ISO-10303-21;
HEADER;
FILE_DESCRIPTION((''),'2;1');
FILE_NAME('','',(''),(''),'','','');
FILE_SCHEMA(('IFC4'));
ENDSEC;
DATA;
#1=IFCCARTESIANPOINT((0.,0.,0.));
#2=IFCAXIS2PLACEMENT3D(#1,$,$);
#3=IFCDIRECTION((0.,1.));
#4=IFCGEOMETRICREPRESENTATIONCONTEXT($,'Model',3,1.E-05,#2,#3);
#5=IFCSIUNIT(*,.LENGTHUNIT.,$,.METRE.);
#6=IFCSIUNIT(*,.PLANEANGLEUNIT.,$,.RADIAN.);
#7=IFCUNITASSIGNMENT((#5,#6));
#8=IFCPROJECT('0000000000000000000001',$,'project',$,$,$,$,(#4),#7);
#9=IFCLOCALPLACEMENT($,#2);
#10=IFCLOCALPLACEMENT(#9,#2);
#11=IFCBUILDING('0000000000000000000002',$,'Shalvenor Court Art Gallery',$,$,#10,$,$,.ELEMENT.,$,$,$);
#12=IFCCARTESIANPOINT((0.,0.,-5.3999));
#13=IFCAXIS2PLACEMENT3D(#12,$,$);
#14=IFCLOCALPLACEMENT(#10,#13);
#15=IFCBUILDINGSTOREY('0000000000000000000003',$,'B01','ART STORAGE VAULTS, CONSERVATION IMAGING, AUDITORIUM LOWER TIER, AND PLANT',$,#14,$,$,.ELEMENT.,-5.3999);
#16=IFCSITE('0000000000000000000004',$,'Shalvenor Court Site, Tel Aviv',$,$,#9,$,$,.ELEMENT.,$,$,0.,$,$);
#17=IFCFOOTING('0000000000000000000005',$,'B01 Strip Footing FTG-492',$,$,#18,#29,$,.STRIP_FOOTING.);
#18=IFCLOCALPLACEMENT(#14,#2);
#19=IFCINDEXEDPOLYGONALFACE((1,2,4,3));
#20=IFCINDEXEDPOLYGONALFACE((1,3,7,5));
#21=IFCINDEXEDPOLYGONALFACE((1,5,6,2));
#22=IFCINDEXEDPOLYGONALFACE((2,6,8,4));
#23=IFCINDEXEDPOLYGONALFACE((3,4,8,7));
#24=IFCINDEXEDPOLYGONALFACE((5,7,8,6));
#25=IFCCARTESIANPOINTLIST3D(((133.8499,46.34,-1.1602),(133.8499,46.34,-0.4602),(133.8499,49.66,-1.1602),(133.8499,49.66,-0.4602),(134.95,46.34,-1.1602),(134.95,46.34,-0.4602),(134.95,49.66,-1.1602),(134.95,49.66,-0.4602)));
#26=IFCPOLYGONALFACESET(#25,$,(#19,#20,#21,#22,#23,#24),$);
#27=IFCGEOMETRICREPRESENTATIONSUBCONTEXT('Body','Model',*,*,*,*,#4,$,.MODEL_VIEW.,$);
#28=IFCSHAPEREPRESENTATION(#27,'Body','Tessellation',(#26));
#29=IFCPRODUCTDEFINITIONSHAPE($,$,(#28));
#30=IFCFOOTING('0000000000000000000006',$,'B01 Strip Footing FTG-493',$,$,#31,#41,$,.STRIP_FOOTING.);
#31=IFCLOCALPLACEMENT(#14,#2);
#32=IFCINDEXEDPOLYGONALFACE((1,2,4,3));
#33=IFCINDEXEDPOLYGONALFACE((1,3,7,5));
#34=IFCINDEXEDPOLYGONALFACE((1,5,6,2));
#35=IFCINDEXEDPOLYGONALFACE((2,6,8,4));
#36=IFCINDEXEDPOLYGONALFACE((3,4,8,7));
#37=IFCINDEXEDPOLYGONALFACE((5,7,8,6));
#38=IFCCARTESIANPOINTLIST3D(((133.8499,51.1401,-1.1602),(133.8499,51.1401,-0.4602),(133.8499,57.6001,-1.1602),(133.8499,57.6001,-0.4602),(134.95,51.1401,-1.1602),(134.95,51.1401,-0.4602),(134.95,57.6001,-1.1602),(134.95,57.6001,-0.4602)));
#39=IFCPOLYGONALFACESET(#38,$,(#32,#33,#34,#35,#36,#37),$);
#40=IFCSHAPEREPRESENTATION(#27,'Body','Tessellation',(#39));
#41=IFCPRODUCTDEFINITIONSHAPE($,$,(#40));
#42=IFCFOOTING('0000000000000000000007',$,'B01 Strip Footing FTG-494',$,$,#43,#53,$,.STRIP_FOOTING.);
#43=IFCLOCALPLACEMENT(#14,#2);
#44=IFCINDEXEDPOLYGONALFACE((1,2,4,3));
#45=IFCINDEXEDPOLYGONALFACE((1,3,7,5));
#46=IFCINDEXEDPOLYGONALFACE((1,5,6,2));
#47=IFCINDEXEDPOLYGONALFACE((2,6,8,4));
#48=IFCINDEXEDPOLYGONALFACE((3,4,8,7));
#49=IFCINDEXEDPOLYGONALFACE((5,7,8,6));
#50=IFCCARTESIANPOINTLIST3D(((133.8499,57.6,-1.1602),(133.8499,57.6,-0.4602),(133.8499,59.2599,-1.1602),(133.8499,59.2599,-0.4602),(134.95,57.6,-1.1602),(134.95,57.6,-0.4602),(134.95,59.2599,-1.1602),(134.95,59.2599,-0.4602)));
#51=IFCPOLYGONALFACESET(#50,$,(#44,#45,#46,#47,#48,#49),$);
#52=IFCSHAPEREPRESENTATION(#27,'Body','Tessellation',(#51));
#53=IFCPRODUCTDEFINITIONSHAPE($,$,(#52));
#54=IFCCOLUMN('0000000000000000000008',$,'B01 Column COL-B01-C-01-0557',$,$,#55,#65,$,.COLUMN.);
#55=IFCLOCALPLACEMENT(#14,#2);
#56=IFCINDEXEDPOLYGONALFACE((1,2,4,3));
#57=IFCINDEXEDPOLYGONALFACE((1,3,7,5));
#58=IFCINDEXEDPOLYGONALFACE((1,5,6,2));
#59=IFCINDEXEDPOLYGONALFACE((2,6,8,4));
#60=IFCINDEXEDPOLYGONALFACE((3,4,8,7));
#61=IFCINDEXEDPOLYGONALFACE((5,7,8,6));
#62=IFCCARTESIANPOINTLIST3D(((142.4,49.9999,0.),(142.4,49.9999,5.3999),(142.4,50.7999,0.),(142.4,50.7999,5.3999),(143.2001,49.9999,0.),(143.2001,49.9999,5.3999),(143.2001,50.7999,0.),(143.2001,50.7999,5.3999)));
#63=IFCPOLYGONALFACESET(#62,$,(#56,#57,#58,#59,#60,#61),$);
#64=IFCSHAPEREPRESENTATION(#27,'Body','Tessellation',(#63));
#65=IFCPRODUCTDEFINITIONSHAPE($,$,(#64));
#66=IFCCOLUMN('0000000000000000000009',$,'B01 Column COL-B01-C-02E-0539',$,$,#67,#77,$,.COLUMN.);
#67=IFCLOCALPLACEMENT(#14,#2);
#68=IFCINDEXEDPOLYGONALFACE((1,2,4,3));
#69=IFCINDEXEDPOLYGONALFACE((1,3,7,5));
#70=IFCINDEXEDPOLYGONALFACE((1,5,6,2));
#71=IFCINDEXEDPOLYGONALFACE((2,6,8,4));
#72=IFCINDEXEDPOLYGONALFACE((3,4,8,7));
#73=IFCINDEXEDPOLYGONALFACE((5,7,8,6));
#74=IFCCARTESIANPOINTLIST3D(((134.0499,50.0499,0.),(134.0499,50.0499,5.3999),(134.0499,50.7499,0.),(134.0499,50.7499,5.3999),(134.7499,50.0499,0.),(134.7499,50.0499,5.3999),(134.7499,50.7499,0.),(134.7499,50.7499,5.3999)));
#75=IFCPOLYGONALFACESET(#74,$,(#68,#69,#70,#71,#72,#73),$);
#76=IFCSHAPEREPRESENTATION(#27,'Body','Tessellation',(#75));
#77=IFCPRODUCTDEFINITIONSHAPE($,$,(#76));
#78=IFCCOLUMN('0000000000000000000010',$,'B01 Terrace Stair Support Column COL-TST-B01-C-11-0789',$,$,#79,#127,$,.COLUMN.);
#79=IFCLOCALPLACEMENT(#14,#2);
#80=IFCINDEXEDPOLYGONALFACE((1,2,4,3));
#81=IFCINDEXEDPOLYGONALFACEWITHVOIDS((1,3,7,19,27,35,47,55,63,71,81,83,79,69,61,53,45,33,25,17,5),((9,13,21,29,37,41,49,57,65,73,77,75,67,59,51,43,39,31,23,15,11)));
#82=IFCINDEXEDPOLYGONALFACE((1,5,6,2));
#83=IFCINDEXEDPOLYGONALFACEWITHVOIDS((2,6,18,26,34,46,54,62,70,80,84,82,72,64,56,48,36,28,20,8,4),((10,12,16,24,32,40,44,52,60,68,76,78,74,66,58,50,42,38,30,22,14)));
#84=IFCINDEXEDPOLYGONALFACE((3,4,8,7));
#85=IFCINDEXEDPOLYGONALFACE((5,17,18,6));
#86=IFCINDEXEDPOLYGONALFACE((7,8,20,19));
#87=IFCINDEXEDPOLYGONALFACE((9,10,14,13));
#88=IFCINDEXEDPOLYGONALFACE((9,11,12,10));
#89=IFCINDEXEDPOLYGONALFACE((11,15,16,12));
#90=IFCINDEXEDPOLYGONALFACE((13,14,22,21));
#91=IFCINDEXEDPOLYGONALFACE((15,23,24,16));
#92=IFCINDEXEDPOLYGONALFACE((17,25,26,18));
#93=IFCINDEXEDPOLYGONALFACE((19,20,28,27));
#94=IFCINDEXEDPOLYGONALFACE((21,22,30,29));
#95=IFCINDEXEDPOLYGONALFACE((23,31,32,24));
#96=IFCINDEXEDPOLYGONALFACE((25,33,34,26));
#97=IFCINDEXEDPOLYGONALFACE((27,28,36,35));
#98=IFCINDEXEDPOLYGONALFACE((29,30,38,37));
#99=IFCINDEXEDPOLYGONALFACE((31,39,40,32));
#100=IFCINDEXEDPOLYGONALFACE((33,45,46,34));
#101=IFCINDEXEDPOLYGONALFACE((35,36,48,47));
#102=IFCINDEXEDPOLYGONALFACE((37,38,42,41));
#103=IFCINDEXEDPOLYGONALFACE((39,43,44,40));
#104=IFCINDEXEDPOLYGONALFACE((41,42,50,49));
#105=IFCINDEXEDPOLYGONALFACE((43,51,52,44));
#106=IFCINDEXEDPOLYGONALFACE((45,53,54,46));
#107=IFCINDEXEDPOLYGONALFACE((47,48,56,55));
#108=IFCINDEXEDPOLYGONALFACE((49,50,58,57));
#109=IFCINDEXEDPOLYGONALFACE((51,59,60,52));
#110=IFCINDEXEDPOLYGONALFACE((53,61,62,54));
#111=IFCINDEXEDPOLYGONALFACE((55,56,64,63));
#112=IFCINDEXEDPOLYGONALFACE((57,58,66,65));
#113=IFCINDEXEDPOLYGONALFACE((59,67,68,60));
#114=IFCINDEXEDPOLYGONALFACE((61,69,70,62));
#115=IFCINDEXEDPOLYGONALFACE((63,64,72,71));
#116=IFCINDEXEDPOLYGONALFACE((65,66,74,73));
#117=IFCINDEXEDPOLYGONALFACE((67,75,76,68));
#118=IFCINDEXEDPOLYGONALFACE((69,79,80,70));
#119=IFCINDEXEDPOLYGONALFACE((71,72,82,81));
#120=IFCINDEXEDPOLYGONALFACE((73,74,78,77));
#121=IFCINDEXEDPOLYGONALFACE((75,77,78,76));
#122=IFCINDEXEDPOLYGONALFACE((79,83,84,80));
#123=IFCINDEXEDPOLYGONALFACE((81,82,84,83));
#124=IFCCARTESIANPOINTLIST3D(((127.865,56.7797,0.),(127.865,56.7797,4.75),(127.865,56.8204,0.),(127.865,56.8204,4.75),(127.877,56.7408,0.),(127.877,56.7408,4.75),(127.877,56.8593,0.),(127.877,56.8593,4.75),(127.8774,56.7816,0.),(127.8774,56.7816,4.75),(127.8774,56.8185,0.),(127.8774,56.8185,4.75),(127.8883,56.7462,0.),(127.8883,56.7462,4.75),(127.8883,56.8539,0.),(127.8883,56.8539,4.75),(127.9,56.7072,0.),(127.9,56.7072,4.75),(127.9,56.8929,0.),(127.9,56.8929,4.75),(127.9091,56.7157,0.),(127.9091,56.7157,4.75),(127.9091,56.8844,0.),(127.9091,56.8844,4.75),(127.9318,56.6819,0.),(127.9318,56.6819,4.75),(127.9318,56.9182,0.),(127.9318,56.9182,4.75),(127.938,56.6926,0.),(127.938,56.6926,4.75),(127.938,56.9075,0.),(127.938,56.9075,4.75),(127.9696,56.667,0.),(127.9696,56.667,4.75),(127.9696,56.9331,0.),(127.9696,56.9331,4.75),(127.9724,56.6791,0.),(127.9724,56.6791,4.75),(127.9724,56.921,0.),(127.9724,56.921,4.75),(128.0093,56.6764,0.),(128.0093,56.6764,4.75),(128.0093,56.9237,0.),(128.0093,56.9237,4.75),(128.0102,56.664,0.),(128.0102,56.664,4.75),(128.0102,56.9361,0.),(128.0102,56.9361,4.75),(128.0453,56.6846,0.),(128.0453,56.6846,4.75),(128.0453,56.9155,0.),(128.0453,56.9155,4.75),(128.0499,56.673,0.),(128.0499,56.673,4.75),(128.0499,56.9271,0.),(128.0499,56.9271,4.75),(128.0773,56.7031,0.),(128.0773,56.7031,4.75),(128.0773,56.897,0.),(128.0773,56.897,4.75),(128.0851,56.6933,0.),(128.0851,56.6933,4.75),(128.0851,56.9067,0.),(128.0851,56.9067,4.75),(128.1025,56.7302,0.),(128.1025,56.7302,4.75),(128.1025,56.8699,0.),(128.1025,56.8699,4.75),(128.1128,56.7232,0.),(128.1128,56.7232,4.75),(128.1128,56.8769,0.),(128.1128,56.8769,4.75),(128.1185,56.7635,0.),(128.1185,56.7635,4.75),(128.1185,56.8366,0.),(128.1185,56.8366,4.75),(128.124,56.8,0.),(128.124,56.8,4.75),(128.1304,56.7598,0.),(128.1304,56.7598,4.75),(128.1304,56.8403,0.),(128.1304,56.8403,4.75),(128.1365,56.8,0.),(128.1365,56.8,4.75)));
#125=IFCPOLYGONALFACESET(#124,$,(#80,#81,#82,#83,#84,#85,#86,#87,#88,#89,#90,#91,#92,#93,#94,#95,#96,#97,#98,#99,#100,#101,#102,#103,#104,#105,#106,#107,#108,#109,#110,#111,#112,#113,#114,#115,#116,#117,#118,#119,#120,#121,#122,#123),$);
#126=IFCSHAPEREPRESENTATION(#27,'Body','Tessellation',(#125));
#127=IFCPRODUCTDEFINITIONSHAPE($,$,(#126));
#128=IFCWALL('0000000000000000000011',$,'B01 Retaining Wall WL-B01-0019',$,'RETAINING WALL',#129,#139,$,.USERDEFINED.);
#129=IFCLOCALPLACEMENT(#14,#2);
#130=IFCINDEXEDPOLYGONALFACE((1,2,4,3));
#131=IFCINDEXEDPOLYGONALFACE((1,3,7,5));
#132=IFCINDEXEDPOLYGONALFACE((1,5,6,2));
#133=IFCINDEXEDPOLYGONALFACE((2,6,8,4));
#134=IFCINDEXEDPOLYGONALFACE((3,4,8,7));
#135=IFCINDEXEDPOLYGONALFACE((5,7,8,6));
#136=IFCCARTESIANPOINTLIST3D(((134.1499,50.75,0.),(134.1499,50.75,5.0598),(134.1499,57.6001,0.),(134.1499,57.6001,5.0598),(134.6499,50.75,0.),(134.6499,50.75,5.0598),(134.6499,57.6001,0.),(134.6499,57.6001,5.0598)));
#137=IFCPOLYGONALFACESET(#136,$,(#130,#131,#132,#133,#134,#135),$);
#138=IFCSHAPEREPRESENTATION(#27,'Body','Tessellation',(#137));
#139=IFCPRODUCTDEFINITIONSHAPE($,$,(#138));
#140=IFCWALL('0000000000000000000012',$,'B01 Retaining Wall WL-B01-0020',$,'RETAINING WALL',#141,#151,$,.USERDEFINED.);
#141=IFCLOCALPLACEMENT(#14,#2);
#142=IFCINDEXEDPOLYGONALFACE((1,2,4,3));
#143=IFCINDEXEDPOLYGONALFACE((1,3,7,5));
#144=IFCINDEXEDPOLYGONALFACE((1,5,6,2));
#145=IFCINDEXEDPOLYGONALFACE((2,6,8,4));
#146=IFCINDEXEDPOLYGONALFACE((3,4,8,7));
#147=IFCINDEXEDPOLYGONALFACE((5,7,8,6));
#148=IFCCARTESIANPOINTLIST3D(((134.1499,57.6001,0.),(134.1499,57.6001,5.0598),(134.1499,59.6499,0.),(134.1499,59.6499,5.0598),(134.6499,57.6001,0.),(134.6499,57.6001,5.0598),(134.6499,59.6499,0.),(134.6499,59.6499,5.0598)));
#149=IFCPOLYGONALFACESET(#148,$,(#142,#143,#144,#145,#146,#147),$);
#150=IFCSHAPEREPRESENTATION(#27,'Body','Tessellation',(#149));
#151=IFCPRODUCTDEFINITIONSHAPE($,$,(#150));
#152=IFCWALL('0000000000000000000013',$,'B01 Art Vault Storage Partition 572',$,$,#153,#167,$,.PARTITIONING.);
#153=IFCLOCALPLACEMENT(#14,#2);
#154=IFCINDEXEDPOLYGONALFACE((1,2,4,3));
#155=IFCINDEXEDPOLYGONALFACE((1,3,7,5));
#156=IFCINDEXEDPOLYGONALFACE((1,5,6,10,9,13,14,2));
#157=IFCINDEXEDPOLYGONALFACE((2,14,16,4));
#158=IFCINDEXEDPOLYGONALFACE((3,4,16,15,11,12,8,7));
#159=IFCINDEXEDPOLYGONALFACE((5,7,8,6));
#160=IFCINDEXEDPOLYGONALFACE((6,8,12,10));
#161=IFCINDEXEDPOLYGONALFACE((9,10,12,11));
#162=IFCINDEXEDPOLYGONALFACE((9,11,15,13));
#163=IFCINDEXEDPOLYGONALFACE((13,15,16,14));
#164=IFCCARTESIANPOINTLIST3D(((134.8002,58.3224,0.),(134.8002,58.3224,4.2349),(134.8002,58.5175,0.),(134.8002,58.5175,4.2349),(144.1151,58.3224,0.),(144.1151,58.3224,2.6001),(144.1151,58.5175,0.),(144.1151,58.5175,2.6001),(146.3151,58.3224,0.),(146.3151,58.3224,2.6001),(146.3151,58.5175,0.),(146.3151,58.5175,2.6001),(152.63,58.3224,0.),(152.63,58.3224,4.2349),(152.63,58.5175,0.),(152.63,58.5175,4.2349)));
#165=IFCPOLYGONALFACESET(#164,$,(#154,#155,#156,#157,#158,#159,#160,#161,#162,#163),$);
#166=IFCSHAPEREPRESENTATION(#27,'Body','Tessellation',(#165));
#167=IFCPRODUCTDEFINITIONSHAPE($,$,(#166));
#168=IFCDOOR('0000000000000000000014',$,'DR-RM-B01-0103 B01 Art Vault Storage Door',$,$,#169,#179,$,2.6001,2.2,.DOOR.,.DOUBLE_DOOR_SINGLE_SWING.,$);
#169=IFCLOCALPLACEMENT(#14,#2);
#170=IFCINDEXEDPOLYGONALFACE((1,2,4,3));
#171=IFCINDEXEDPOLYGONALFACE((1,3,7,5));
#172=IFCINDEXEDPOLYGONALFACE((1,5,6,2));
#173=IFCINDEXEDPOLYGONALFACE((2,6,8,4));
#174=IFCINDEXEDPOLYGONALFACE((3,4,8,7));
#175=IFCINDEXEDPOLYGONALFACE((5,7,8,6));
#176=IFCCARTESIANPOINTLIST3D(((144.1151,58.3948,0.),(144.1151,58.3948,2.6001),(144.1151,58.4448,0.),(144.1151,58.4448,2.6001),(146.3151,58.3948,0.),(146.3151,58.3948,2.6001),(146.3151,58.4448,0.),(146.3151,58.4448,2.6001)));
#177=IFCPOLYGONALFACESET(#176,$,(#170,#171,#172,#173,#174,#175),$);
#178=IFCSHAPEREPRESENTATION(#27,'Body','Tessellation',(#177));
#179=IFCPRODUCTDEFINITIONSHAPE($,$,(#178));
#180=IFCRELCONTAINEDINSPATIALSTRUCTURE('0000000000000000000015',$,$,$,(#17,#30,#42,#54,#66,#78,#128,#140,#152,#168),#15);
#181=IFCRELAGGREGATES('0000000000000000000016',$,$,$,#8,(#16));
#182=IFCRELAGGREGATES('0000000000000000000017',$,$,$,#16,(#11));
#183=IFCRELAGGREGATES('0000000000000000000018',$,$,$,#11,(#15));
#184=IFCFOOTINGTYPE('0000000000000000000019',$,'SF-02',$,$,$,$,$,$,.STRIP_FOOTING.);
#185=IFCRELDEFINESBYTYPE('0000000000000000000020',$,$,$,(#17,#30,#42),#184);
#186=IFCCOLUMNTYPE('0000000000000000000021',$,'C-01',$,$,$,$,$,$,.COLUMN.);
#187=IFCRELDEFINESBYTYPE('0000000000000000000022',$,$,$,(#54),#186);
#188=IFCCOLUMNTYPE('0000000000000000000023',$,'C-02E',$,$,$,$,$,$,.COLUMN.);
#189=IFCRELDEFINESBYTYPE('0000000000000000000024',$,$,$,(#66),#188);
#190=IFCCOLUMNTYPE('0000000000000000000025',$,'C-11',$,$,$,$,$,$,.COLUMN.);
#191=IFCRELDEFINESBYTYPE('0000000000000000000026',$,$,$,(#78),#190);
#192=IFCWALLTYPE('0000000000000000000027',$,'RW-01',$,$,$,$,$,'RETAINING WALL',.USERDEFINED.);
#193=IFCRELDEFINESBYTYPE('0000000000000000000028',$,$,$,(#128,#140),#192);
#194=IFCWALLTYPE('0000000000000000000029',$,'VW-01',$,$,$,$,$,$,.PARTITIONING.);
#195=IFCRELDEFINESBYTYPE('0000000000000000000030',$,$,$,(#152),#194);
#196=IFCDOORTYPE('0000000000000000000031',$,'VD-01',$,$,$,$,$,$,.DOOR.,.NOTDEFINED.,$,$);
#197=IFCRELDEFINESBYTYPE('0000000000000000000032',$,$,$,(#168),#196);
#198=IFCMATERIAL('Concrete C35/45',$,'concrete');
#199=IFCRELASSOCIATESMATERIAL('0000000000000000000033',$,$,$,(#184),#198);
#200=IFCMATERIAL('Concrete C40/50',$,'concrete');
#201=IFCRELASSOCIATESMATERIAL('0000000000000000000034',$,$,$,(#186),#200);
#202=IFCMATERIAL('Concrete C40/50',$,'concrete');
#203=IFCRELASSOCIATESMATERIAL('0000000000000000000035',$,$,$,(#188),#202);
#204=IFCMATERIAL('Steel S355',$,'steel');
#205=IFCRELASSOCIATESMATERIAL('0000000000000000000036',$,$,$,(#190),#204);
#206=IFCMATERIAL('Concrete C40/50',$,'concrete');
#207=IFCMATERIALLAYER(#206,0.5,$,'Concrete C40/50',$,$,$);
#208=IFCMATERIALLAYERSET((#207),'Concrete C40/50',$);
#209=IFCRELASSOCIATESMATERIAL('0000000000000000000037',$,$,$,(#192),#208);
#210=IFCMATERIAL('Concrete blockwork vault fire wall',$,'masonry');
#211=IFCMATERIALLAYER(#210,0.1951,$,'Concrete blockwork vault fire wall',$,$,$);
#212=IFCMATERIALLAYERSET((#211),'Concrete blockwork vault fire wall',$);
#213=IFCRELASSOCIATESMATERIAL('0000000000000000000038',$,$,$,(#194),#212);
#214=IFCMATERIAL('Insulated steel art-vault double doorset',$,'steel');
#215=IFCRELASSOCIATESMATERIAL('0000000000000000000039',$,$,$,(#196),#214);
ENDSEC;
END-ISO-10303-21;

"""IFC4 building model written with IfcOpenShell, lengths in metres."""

from ifc_helpers import new_model, si_unit, direction, frame, frame_2d, origin, origin_2d, place, context, subcontext, project, spatial, rectangle, hollow_circle, extrude, material, layer, layer_set, material_profile, profile_set, type_object, element, fill, save


model = new_model("IFC4")

# Units and contexts
model_context = context("Model", 3, precision=1e-05, world=origin(), true_north=direction((0.0, 1.0)))
body_context = subcontext(model_context, "Body", "Model", "MODEL_VIEW")
ifc_project = project(units=[si_unit("LENGTHUNIT", "METRE"), si_unit("PLANEANGLEUNIT", "RADIAN")], contexts=[model_context])

# Site, building, storey
site_placement = place(None, origin())
site = spatial("IfcSite", under=ifc_project, at=site_placement, Name="Shalvenor Court Site, Tel Aviv", CompositionType="ELEMENT", RefElevation=0.0)
building_placement = place(site_placement, origin())
building = spatial("IfcBuilding", under=site, at=building_placement, Name="Shalvenor Court Art Gallery", CompositionType="ELEMENT")
storey_placement = place(building_placement, frame((0.0, 0.0, -5.3999)))
storey = spatial("IfcBuildingStorey", under=building, at=storey_placement, Name="B01", Description="ART STORAGE VAULTS, CONSERVATION IMAGING, AUDITORIUM LOWER TIER, AND PLANT", CompositionType="ELEMENT", Elevation=-5.3999)

# Footings
ifc_material_1 = material(Name="Concrete C35/45", Category="concrete")
footing_type_1 = type_object("IfcFootingType", Name="SF-02", PredefinedType="STRIP_FOOTING", material=ifc_material_1)
footing_1_placement = place(storey_placement, frame((134.3999, 48.0, -1.1602), z_axis=(0.0, 0.0, 1.0), x_axis=(0.0, 1.0, 0.0)))
element("IfcFooting", 1, at=footing_1_placement, inside=storey, type_object=footing_type_1, Name="B01 Strip Footing FTG-492", PredefinedType="STRIP_FOOTING", context=body_context, shape_type="SweptSolid", body=[
    extrude(rectangle(XDim=3.3201, YDim=1.1001, at=origin_2d()), origin(), (0.0, 0.0, 1.0), 0.7),
])
footing_2_placement = place(storey_placement, frame((134.3999, 54.3701, -1.1602), z_axis=(0.0, 0.0, 1.0), x_axis=(0.0, 1.0, 0.0)))
element("IfcFooting", 2, at=footing_2_placement, inside=storey, type_object=footing_type_1, Name="B01 Strip Footing FTG-493", PredefinedType="STRIP_FOOTING", context=body_context, shape_type="SweptSolid", body=[
    extrude(rectangle(XDim=6.46, YDim=1.1001, at=origin_2d()), origin(), (0.0, 0.0, 1.0), 0.7),
])
footing_3_placement = place(storey_placement, frame((134.3999, 58.4299, -1.1602), z_axis=(0.0, 0.0, 1.0), x_axis=(0.0, 1.0, 0.0)))
element("IfcFooting", 3, at=footing_3_placement, inside=storey, type_object=footing_type_1, Name="B01 Strip Footing FTG-494", PredefinedType="STRIP_FOOTING", context=body_context, shape_type="SweptSolid", body=[
    extrude(rectangle(XDim=1.6599, YDim=1.1001, at=origin_2d()), origin(), (0.0, 0.0, 1.0), 0.7),
])

# Columns
ifc_material_2 = material(Name="Concrete C40/50", Category="concrete")
ifc_material_profile_1 = material_profile(ifc_material_2, rectangle(XDim=0.8, YDim=0.8, at=origin_2d()), Name="RC 800x800")
ifc_profile_set_1 = profile_set([ifc_material_profile_1], Name="Concrete C40/50")
column_type_1 = type_object("IfcColumnType", Name="C-01", PredefinedType="COLUMN", material=ifc_profile_set_1)
column_1_placement = place(storey_placement, frame((142.8, 50.3999, 0.0), z_axis=(0.0, 0.0, 1.0), x_axis=(1.0, 0.0, 0.0)))
element("IfcColumn", 4, at=column_1_placement, inside=storey, type_object=column_type_1, Name="B01 Column COL-B01-C-01-0557", PredefinedType="COLUMN", context=body_context, shape_type="SweptSolid", body=[
    extrude(rectangle(XDim=0.8, YDim=0.8, at=origin_2d()), origin(), (0.0, 0.0, 1.0), 5.3999),
])
ifc_material_3 = material(Name="Concrete C40/50", Category="concrete")
ifc_material_profile_2 = material_profile(ifc_material_3, rectangle(XDim=0.7, YDim=0.7, at=origin_2d()), Name="RC 700x700")
ifc_profile_set_2 = profile_set([ifc_material_profile_2], Name="Concrete C40/50")
column_type_2 = type_object("IfcColumnType", Name="C-02E", PredefinedType="COLUMN", material=ifc_profile_set_2)
column_2_placement = place(storey_placement, frame((134.3999, 50.3999, 0.0), z_axis=(0.0, 0.0, 1.0), x_axis=(1.0, 0.0, 0.0)))
element("IfcColumn", 5, at=column_2_placement, inside=storey, type_object=column_type_2, Name="B01 Column COL-B01-C-02E-0539", PredefinedType="COLUMN", context=body_context, shape_type="SweptSolid", body=[
    extrude(rectangle(XDim=0.7, YDim=0.7, at=origin_2d()), origin(), (0.0, 0.0, 1.0), 5.3999),
])
ifc_material_4 = material(Name="Steel S355", Category="steel")
ifc_material_profile_3 = material_profile(ifc_material_4, hollow_circle(Radius=0.1365, WallThickness=0.0125, at=origin_2d()), Name="CHS 273.0x12.5")
ifc_profile_set_3 = profile_set([ifc_material_profile_3], Name="Steel S355")
column_type_3 = type_object("IfcColumnType", Name="C-11", PredefinedType="COLUMN", material=ifc_profile_set_3)
column_3_placement = place(storey_placement, frame((128.0, 56.8, 0.0), z_axis=(0.0, 0.0, 1.0), x_axis=(1.0, 0.0, 0.0)))
element("IfcColumn", 6, at=column_3_placement, inside=storey, type_object=column_type_3, Name="B01 Terrace Stair Support Column COL-TST-B01-C-11-0789", PredefinedType="COLUMN", context=body_context, shape_type="SweptSolid", body=[
    extrude(hollow_circle(Radius=0.1365, WallThickness=0.0125, at=origin_2d()), origin(), (0.0, 0.0, 1.0), 4.75),
])

# Walls
ifc_material_5 = material(Name="Concrete C40/50", Category="concrete")
ifc_layer_1 = layer(ifc_material_5, 0.5, Name="Concrete C40/50")
ifc_layer_set_1 = layer_set([ifc_layer_1], Name="Concrete C40/50")
wall_type_1 = type_object("IfcWallType", Name="RW-01", ElementType="RETAINING WALL", PredefinedType="USERDEFINED", material=ifc_layer_set_1)
wall_1_placement = place(storey_placement, frame((134.3999, 50.75, 0.0), z_axis=(0.0, 0.0, 1.0), x_axis=(0.0, 1.0, 0.0)))
element("IfcWall", 7, at=wall_1_placement, inside=storey, type_object=wall_type_1, Name="B01 Retaining Wall WL-B01-0019", ObjectType="RETAINING WALL", PredefinedType="USERDEFINED", context=body_context, shape_type="SweptSolid", body=[
    extrude(rectangle(XDim=6.8501, YDim=0.5, at=frame_2d((3.425, 0.0))), origin(), (0.0, 0.0, 1.0), 5.0598),
])
wall_2_placement = place(storey_placement, frame((134.3999, 57.6001, 0.0), z_axis=(0.0, 0.0, 1.0), x_axis=(0.0, 1.0, 0.0)))
element("IfcWall", 8, at=wall_2_placement, inside=storey, type_object=wall_type_1, Name="B01 Retaining Wall WL-B01-0020", ObjectType="RETAINING WALL", PredefinedType="USERDEFINED", context=body_context, shape_type="SweptSolid", body=[
    extrude(rectangle(XDim=2.0498, YDim=0.5, at=frame_2d((1.0249, 0.0))), origin(), (0.0, 0.0, 1.0), 5.0598),
])

# Wall, opening, door
ifc_material_6 = material(Name="Concrete blockwork vault fire wall", Category="masonry")
ifc_layer_2 = layer(ifc_material_6, 0.1951, Name="Concrete blockwork vault fire wall")
ifc_layer_set_2 = layer_set([ifc_layer_2], Name="Concrete blockwork vault fire wall")
wall_type_2 = type_object("IfcWallType", Name="VW-01", PredefinedType="PARTITIONING", material=ifc_layer_set_2)
wall_3_placement = place(storey_placement, frame((134.8, 58.4199, 0.0), z_axis=(0.0, 0.0, 1.0), x_axis=(1.0, 0.0, 0.0)))
wall_3 = element("IfcWall", 9, at=wall_3_placement, inside=storey, type_object=wall_type_2, Name="B01 Art Vault Storage Partition 572", PredefinedType="PARTITIONING", context=body_context, shape_type="SweptSolid", body=[
    extrude(rectangle(XDim=17.8298, YDim=0.1951, at=frame_2d((8.915, 0.0))), origin(), (0.0, 0.0, 1.0), 4.2349),
])
opening_placement = place(wall_3_placement, frame((9.3149, 0.0, 0.0)))
opening = element("IfcOpeningElement", 10, at=opening_placement, cuts=wall_3, PredefinedType="OPENING", context=body_context, shape_type="SweptSolid", body=[
    extrude(rectangle(XDim=2.2, YDim=2.6001, at=frame_2d((1.1001, 1.3))), frame((0.0, 0.1074, 0.0), z_axis=(0.0, -1.0, 0.0), x_axis=(1.0, 0.0, 0.0)), (0.0, 0.0, 1.0), 0.2151),
])
ifc_material_7 = material(Name="Insulated steel art-vault double doorset", Category="steel")
door_type = type_object("IfcDoorType", Name="VD-01", OperationType="NOTDEFINED", PredefinedType="DOOR", material=ifc_material_7)
door_placement = place(opening_placement, origin())
door = element("IfcDoor", 11, at=door_placement, inside=storey, type_object=door_type, Name="DR-RM-B01-0103 B01 Art Vault Storage Door", OperationType="DOUBLE_DOOR_SINGLE_SWING", OverallHeight=2.6001, OverallWidth=2.2, PredefinedType="DOOR", context=body_context, shape_type="SweptSolid", body=[
    extrude(rectangle(XDim=2.2, YDim=2.6001, at=frame_2d((1.1001, 1.3))), frame((0.0, 0.0249, 0.0), z_axis=(0.0, -1.0, 0.0), x_axis=(1.0, 0.0, 0.0)), (0.0, 0.0, 1.0), 0.05),
])
fill(opening, door)

save(model, "model.ifc")
